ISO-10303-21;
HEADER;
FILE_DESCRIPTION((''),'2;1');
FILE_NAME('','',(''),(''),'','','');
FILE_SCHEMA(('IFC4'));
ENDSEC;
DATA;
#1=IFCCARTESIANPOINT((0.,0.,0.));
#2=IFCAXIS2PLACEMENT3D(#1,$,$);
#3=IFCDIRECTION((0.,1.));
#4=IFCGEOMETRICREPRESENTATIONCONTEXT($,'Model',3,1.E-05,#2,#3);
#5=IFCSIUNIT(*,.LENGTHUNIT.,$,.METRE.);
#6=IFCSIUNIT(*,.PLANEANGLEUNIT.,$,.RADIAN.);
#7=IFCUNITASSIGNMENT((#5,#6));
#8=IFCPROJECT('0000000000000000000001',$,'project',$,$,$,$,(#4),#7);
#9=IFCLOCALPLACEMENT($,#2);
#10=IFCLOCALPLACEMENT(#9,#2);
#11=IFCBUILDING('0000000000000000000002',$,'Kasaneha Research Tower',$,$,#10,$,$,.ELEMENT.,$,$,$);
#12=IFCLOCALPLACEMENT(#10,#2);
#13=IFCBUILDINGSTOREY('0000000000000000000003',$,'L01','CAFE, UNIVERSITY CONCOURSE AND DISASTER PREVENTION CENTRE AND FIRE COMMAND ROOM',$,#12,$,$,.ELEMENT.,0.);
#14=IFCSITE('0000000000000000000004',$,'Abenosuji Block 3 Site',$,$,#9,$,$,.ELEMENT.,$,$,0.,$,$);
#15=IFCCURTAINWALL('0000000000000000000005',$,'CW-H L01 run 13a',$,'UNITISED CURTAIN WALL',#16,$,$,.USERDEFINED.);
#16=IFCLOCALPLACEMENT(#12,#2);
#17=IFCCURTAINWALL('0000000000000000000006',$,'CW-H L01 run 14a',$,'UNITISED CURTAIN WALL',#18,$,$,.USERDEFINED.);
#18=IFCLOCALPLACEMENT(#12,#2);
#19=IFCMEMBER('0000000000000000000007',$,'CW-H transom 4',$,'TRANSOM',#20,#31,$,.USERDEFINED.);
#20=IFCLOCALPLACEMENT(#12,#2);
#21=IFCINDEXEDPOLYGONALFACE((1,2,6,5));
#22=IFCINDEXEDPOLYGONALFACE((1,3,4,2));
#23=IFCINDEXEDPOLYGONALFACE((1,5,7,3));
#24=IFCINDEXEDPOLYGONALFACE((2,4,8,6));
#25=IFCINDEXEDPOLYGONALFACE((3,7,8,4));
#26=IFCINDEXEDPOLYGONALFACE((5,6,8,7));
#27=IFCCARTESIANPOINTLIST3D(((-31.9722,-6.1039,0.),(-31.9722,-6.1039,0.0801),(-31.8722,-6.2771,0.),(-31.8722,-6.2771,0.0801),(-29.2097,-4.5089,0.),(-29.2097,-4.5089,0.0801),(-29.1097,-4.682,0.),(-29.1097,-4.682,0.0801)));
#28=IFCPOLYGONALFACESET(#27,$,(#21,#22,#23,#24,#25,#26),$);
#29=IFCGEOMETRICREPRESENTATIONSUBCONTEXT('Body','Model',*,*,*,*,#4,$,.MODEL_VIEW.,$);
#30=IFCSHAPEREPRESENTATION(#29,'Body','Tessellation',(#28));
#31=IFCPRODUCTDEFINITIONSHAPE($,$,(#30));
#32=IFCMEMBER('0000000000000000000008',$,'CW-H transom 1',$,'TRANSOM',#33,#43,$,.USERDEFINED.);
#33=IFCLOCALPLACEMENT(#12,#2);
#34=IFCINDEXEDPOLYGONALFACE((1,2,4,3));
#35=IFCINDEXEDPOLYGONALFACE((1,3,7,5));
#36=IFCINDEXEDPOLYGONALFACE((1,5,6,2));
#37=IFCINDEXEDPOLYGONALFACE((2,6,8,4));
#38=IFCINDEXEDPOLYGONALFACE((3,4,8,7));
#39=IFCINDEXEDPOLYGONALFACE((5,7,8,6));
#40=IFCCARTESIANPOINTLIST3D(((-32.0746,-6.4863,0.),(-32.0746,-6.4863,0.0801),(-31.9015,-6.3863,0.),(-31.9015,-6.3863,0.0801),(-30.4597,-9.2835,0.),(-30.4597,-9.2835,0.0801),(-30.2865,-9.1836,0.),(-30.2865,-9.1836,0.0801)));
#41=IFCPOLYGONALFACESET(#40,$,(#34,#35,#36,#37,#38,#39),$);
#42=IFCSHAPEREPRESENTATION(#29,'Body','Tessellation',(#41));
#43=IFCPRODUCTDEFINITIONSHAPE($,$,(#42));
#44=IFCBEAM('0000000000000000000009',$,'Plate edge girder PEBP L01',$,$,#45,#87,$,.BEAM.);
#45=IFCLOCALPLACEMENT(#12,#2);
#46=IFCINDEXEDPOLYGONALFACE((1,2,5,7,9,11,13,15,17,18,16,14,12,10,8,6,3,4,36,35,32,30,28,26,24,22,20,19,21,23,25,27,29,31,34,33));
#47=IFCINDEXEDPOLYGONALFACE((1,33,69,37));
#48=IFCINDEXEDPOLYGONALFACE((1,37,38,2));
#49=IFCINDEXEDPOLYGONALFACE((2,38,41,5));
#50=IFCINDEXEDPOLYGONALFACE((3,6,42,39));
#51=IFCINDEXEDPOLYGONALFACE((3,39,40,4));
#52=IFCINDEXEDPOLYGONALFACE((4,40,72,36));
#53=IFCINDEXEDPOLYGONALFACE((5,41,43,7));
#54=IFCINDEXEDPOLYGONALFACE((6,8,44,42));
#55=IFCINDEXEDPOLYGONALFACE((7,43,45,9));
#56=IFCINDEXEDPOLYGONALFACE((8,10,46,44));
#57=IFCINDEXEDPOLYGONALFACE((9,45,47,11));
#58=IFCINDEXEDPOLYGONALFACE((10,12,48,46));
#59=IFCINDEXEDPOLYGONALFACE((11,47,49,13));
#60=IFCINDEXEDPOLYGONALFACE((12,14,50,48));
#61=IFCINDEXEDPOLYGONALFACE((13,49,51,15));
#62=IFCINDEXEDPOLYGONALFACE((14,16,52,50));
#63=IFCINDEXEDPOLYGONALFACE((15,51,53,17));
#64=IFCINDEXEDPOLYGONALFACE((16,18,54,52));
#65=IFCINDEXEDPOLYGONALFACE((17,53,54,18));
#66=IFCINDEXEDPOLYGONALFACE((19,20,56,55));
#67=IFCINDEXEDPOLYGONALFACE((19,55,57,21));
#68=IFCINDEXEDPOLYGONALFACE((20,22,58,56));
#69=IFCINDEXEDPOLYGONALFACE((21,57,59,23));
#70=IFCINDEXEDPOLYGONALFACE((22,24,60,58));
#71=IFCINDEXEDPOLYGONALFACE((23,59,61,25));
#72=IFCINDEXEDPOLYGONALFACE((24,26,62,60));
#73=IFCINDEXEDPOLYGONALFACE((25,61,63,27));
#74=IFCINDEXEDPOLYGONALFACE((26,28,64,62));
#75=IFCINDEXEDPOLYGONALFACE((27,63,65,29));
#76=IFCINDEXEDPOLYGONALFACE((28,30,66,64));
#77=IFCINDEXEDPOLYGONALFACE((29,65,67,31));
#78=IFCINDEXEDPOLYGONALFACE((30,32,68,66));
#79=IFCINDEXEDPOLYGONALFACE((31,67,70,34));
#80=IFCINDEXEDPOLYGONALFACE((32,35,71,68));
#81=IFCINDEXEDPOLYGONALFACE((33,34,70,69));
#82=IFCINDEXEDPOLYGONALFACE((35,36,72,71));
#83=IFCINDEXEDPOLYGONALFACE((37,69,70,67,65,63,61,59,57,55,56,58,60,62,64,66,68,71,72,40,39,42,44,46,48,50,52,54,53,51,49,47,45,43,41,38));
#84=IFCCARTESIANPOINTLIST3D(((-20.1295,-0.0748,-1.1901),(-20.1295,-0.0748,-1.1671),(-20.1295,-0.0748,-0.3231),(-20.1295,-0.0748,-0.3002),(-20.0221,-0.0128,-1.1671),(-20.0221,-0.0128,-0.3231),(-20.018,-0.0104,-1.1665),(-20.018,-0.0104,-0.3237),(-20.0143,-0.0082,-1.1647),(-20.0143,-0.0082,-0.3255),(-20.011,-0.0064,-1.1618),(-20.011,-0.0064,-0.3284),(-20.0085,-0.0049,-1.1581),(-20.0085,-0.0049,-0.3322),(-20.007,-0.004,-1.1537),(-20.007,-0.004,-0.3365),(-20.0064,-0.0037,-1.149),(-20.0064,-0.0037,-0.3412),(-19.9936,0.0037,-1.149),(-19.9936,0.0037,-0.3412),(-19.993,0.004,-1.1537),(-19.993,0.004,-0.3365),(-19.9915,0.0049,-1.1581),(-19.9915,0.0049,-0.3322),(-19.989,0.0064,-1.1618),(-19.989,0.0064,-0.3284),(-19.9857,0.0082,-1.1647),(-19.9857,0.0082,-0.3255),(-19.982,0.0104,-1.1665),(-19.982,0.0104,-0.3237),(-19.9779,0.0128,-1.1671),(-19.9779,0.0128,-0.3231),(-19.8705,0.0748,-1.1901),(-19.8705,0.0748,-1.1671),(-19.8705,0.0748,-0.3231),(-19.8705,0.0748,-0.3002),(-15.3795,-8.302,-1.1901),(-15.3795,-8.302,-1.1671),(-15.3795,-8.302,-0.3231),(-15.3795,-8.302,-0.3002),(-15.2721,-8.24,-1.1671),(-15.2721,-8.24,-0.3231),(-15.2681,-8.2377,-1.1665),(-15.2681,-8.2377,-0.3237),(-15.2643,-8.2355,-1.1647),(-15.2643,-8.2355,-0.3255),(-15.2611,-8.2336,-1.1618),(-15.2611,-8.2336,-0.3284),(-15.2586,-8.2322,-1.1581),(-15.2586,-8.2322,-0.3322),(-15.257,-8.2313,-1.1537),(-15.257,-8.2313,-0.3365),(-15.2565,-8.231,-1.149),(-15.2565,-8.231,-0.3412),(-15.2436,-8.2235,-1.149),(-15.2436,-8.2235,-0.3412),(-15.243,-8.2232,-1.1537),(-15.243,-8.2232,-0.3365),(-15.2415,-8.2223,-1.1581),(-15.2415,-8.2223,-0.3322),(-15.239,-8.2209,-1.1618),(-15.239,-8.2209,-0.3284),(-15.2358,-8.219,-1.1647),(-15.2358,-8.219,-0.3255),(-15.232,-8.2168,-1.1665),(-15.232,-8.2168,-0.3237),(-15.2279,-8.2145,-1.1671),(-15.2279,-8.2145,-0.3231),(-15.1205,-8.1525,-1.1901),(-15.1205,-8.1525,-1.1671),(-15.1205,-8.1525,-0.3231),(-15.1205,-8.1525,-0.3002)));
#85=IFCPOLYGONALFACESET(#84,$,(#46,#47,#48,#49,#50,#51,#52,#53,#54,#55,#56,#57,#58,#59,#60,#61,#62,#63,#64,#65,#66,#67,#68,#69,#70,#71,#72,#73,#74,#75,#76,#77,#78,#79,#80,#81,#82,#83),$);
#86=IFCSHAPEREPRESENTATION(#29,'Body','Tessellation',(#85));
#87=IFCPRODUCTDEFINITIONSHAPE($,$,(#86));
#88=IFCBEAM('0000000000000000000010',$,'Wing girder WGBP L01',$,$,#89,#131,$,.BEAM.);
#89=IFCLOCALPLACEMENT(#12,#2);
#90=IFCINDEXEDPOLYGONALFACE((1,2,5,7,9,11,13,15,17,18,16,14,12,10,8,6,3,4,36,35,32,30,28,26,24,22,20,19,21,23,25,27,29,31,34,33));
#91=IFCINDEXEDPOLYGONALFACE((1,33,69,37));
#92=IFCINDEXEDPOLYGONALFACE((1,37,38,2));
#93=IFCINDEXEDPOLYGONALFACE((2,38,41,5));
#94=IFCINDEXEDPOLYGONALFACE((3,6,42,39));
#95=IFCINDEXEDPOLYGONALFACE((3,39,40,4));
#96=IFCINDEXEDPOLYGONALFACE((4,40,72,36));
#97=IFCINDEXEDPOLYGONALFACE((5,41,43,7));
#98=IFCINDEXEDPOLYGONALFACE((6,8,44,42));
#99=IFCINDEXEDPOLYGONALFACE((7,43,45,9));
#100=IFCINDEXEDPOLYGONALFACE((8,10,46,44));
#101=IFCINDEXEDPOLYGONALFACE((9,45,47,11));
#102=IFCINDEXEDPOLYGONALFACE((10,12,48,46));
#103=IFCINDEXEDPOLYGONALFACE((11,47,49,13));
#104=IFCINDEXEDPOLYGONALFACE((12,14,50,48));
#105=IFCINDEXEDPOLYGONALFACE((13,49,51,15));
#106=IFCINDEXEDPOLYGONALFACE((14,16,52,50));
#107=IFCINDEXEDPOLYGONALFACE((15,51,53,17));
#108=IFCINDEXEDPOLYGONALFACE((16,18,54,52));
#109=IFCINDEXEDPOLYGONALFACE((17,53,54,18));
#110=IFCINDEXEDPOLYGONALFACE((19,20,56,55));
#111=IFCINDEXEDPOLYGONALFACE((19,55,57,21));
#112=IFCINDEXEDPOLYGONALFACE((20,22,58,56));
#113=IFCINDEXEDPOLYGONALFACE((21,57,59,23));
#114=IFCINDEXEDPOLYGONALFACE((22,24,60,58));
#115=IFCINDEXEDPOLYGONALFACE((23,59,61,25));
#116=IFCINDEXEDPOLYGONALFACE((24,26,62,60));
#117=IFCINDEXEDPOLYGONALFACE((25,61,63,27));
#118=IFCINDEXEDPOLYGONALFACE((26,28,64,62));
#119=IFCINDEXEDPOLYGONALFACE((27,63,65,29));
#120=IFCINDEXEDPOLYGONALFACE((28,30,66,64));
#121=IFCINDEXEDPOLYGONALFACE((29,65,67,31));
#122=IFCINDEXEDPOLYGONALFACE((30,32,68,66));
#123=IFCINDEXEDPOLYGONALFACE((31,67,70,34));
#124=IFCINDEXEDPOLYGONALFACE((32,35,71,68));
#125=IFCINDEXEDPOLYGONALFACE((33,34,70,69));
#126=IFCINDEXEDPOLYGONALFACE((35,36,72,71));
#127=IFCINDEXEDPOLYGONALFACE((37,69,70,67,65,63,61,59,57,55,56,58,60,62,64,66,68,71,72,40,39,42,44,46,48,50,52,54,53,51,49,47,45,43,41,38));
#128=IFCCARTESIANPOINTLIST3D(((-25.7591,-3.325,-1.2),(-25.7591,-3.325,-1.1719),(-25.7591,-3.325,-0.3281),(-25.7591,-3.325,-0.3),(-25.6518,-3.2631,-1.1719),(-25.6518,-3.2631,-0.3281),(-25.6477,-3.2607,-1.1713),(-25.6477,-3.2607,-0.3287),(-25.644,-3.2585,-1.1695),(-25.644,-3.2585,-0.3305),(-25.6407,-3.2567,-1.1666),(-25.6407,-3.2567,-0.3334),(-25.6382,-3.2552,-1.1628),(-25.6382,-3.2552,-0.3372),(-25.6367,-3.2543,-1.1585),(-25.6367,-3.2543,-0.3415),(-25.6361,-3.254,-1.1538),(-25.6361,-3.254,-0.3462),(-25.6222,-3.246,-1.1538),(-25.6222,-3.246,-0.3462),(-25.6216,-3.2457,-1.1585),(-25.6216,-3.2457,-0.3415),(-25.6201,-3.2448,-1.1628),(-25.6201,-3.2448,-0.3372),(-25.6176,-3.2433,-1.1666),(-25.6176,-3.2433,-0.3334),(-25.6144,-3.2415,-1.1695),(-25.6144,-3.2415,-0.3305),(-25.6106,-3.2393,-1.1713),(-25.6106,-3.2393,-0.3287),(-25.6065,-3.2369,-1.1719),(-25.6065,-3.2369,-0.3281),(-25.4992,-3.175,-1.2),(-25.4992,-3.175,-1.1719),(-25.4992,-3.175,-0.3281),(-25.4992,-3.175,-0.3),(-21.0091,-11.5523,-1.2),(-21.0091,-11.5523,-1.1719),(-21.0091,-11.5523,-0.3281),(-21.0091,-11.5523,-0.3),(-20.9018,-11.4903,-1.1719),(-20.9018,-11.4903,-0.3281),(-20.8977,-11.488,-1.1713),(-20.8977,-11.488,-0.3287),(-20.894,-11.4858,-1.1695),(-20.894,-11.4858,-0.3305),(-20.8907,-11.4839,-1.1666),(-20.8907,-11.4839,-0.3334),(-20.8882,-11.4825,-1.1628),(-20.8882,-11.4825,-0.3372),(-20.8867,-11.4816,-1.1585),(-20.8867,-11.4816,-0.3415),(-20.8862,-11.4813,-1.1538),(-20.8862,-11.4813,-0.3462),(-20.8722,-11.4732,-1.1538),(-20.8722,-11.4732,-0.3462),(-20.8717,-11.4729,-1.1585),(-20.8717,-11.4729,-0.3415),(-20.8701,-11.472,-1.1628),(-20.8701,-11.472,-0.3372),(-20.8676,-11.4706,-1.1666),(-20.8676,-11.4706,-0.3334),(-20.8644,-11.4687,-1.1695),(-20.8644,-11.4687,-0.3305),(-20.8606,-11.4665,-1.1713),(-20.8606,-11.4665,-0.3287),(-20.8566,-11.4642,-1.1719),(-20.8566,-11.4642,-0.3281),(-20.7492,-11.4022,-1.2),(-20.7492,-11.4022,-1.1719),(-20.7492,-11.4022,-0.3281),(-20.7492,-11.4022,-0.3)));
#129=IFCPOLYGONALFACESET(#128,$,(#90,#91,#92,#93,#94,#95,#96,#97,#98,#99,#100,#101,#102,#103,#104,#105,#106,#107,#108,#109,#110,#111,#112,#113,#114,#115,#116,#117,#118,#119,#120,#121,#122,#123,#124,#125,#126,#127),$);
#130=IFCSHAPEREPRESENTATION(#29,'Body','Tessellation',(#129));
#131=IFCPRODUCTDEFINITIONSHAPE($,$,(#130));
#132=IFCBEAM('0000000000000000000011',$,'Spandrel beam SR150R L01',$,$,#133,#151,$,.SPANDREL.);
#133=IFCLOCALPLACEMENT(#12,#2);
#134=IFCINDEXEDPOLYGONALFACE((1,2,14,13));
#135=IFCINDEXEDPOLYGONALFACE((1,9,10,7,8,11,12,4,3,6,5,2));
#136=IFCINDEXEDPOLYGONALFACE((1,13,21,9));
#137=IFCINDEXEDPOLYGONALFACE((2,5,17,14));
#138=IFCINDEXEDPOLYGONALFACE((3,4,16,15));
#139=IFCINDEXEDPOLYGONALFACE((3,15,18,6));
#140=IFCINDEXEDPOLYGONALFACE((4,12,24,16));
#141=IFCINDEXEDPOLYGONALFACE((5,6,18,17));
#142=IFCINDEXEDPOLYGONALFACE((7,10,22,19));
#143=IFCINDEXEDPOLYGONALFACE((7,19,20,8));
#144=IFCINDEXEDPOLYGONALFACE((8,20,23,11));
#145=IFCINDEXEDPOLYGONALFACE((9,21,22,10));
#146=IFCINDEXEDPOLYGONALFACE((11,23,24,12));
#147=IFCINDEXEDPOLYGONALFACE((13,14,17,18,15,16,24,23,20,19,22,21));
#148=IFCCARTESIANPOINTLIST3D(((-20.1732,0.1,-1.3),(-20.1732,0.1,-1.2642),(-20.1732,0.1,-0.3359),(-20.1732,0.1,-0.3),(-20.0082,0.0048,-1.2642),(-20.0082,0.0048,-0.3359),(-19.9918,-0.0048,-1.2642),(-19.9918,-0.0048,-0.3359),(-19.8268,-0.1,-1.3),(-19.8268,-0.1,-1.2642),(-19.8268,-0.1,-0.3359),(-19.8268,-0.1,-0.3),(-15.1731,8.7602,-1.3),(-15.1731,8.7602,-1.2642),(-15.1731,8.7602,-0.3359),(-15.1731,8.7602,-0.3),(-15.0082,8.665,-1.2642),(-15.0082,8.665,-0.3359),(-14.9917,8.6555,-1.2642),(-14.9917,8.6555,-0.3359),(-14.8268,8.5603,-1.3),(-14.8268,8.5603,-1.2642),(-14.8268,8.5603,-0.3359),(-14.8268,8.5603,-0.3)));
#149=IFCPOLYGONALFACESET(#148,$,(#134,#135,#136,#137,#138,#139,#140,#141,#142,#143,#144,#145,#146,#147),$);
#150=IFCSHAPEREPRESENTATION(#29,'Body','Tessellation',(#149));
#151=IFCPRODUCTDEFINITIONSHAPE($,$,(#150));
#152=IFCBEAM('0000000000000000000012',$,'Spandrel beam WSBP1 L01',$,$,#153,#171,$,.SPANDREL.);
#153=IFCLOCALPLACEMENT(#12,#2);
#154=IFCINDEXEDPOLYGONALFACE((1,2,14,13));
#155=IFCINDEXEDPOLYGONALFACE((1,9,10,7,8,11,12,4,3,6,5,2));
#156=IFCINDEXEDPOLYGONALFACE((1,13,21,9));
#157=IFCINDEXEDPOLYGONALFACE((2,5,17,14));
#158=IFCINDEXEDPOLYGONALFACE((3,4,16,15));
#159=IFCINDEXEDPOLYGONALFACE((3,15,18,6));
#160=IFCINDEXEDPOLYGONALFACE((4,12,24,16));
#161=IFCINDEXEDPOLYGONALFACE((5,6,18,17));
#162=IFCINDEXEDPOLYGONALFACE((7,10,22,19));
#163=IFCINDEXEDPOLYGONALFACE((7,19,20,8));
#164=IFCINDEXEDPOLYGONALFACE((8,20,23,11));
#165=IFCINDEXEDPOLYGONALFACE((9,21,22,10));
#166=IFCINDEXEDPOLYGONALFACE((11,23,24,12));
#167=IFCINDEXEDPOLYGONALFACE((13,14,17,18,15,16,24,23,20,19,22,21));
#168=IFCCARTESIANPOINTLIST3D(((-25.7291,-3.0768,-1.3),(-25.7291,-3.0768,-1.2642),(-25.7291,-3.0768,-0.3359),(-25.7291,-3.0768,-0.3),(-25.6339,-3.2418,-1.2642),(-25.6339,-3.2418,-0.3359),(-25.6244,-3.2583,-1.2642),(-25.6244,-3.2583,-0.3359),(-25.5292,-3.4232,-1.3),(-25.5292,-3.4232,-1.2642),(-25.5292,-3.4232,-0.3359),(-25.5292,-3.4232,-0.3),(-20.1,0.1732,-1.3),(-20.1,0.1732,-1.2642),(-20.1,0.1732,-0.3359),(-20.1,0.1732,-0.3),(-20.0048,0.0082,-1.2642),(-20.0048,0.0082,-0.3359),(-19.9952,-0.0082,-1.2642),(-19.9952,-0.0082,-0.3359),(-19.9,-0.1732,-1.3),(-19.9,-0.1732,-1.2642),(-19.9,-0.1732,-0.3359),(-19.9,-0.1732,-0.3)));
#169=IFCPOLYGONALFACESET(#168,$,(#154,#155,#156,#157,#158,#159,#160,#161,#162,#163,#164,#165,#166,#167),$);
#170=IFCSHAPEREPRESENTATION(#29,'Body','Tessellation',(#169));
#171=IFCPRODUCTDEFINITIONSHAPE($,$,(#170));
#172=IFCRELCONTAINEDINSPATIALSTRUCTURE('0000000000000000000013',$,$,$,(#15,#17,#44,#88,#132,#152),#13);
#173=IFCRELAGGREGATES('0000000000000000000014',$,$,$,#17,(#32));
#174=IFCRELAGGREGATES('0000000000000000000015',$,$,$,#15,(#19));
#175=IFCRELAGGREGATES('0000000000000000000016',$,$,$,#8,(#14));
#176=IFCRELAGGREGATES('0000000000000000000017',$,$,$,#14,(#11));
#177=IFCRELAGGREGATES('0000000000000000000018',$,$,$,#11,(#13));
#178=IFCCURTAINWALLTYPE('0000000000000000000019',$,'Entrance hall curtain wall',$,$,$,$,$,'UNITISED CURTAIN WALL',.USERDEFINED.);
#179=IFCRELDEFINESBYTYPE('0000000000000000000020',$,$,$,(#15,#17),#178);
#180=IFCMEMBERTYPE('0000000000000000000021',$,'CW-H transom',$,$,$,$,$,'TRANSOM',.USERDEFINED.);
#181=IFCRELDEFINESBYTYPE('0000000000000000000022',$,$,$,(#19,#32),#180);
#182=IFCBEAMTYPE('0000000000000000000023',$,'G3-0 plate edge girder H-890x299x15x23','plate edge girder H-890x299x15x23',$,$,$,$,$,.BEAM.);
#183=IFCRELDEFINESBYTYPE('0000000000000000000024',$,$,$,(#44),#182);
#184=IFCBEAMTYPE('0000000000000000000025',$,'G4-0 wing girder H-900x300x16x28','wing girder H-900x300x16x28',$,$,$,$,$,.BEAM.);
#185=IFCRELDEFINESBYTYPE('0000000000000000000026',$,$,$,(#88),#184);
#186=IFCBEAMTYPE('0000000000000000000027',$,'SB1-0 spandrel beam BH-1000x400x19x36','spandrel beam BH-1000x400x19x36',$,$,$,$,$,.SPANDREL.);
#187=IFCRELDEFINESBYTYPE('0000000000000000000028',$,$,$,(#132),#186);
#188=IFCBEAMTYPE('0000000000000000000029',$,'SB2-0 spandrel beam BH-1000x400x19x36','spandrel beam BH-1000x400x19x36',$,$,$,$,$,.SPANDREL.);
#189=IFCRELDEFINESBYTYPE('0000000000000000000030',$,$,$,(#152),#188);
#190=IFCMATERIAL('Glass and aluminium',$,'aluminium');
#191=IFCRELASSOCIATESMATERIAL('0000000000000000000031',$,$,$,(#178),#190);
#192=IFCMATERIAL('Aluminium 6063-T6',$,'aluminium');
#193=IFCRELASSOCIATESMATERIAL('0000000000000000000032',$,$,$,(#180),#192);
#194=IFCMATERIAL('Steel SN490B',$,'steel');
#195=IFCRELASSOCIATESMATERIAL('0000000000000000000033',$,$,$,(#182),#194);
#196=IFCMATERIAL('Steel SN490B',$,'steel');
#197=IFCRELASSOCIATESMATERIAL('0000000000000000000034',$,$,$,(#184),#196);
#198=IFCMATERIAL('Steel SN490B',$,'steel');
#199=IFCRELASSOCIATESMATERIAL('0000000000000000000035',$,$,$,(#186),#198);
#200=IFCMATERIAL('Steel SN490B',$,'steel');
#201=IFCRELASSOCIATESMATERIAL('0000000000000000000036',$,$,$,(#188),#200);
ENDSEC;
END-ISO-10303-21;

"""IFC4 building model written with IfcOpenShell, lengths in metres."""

from ifc_helpers import new_model, si_unit, direction, frame, origin, origin_2d, place, context, subcontext, project, spatial, rectangle, i_section, extrude, material, material_profile, profile_set, type_object, element, aggregate, save


model = new_model("IFC4")

# Units and contexts
model_context = context("Model", 3, precision=1e-05, world=origin(), true_north=direction((0.0, 1.0)))
body_context = subcontext(model_context, "Body", "Model", "MODEL_VIEW")
ifc_project = project(units=[si_unit("LENGTHUNIT", "METRE"), si_unit("PLANEANGLEUNIT", "RADIAN")], contexts=[model_context])

# Site, building, storey
site_placement = place(None, origin())
site = spatial("IfcSite", under=ifc_project, at=site_placement, Name="Abenosuji Block 3 Site", CompositionType="ELEMENT", RefElevation=0.0)
building_placement = place(site_placement, origin())
building = spatial("IfcBuilding", under=site, at=building_placement, Name="Kasaneha Research Tower", CompositionType="ELEMENT")
storey_placement = place(building_placement, origin())
storey = spatial("IfcBuildingStorey", under=building, at=storey_placement, Name="L01", Description="CAFE, UNIVERSITY CONCOURSE AND DISASTER PREVENTION CENTRE AND FIRE COMMAND ROOM", CompositionType="ELEMENT", Elevation=0.0)

# Curtain wall
ifc_material_1 = material(Name="Glass and aluminium", Category="aluminium")
curtain_wall_type = type_object("IfcCurtainWallType", Name="Entrance hall curtain wall", ElementType="UNITISED CURTAIN WALL", PredefinedType="USERDEFINED", material=ifc_material_1)
curtain_wall_1_placement = place(storey_placement, origin())
curtain_wall_1 = element("IfcCurtainWall", 1, at=curtain_wall_1_placement, inside=storey, type_object=curtain_wall_type, Name="CW-H L01 run 13a", ObjectType="UNITISED CURTAIN WALL", PredefinedType="USERDEFINED")

# Curtain wall
curtain_wall_2_placement = place(storey_placement, origin())
curtain_wall_2 = element("IfcCurtainWall", 2, at=curtain_wall_2_placement, inside=storey, type_object=curtain_wall_type, Name="CW-H L01 run 14a", ObjectType="UNITISED CURTAIN WALL", PredefinedType="USERDEFINED")

# Members
ifc_material_2 = material(Name="Aluminium 6063-T6", Category="aluminium")
ifc_material_profile_1 = material_profile(ifc_material_2, rectangle(XDim=0.2, YDim=0.0801, at=origin_2d()), Name="CW-H transom 200x80")
ifc_profile_set_1 = profile_set([ifc_material_profile_1], Name="Aluminium 6063-T6")
member_type_1 = type_object("IfcMemberType", Name="CW-H transom", ElementType="TRANSOM", PredefinedType="USERDEFINED", material=ifc_profile_set_1)
member_1_placement = place(storey_placement, frame((-29.1597, -4.5955, 0.04), z_axis=(-0.866016, -0.500016, 0.0), x_axis=(0.500016, -0.866016, 0.0)))
member_1 = element("IfcMember", 3, at=member_1_placement, type_object=member_type_1, Name="CW-H transom 4", ObjectType="TRANSOM", PredefinedType="USERDEFINED", context=body_context, shape_type="SweptSolid", body=[
    extrude(rectangle(XDim=0.2, YDim=0.0801, at=origin_2d()), origin(), (0.0, 0.0, 1.0), 3.1899),
])
member_2_placement = place(storey_placement, frame((-31.988, -6.4363, 0.04), z_axis=(0.499984, -0.866035, 0.0), x_axis=(0.866035, 0.499984, 0.0)))
member_2 = element("IfcMember", 4, at=member_2_placement, type_object=member_type_1, Name="CW-H transom 1", ObjectType="TRANSOM", PredefinedType="USERDEFINED", context=body_context, shape_type="SweptSolid", body=[
    extrude(rectangle(XDim=0.2, YDim=0.0801, at=origin_2d()), origin(), (0.0, 0.0, 1.0), 3.23),
])
aggregate(curtain_wall_2, [member_2])

# Beams
ifc_material_3 = material(Name="Steel SN490B", Category="steel")
ifc_material_profile_2 = material_profile(ifc_material_3, i_section(OverallWidth=0.2991, OverallDepth=0.8899, WebThickness=0.0149, FlangeThickness=0.0229, FilletRadius=0.0181, at=origin_2d()), Name="H-890x299x15x23")
ifc_profile_set_2 = profile_set([ifc_material_profile_2], Name="Steel SN490B")
beam_type_1 = type_object("IfcBeamType", Name="G3-0 plate edge girder H-890x299x15x23", Description="plate edge girder H-890x299x15x23", PredefinedType="BEAM", material=ifc_profile_set_2)
beam_1_placement = place(storey_placement, frame((-20.0, 0.0, -0.7451), z_axis=(0.499998, -0.866027, 0.0), x_axis=(0.866027, 0.499998, 0.0)))
element("IfcBeam", 5, at=beam_1_placement, inside=storey, type_object=beam_type_1, Name="Plate edge girder PEBP L01", PredefinedType="BEAM", context=body_context, shape_type="SweptSolid", body=[
    extrude(i_section(OverallWidth=0.2991, OverallDepth=0.8899, WebThickness=0.0149, FlangeThickness=0.0229, FilletRadius=0.0181, at=origin_2d()), origin(), (0.0, 0.0, 1.0), 9.5),
])
ifc_material_4 = material(Name="Steel SN490B", Category="steel")
ifc_material_profile_3 = material_profile(ifc_material_4, i_section(OverallWidth=0.3, OverallDepth=0.8999, WebThickness=0.0161, FlangeThickness=0.0281, FilletRadius=0.0181, at=origin_2d()), Name="H-900x300x16x28")
ifc_profile_set_3 = profile_set([ifc_material_profile_3], Name="Steel SN490B")
beam_type_2 = type_object("IfcBeamType", Name="G4-0 wing girder H-900x300x16x28", Description="wing girder H-900x300x16x28", PredefinedType="BEAM", material=ifc_profile_set_3)
beam_2_placement = place(storey_placement, frame((-25.6292, -3.25, -0.75), z_axis=(0.499998, -0.866027, 0.0), x_axis=(0.866027, 0.499998, 0.0)))
element("IfcBeam", 6, at=beam_2_placement, inside=storey, type_object=beam_type_2, Name="Wing girder WGBP L01", PredefinedType="BEAM", context=body_context, shape_type="SweptSolid", body=[
    extrude(i_section(OverallWidth=0.3, OverallDepth=0.8999, WebThickness=0.0161, FlangeThickness=0.0281, FilletRadius=0.0181, at=origin_2d()), origin(), (0.0, 0.0, 1.0), 9.5),
])
ifc_material_5 = material(Name="Steel SN490B", Category="steel")
ifc_material_profile_4 = material_profile(ifc_material_5, i_section(OverallWidth=0.3999, OverallDepth=1.0, WebThickness=0.019, FlangeThickness=0.0359, at=origin_2d()), Name="BH-1000x400x19x36")
ifc_profile_set_4 = profile_set([ifc_material_profile_4], Name="Steel SN490B")
beam_type_3 = type_object("IfcBeamType", Name="SB1-0 spandrel beam BH-1000x400x19x36", Description="spandrel beam BH-1000x400x19x36", PredefinedType="SPANDREL", material=ifc_profile_set_4)
beam_3_placement = place(storey_placement, frame((-20.0, 0.0, -0.8), z_axis=(0.500004, 0.866023, 0.0), x_axis=(-0.866023, 0.500004, 0.0)))
element("IfcBeam", 7, at=beam_3_placement, inside=storey, type_object=beam_type_3, Name="Spandrel beam SR150R L01", PredefinedType="SPANDREL", context=body_context, shape_type="SweptSolid", body=[
    extrude(i_section(OverallWidth=0.3999, OverallDepth=1.0, WebThickness=0.019, FlangeThickness=0.0359, at=origin_2d()), origin(), (0.0, 0.0, 1.0), 10.0),
])
ifc_material_6 = material(Name="Steel SN490B", Category="steel")
ifc_material_profile_5 = material_profile(ifc_material_6, i_section(OverallWidth=0.3999, OverallDepth=1.0, WebThickness=0.019, FlangeThickness=0.0359, at=origin_2d()), Name="BH-1000x400x19x36")
ifc_profile_set_5 = profile_set([ifc_material_profile_5], Name="Steel SN490B")
beam_type_4 = type_object("IfcBeamType", Name="SB2-0 spandrel beam BH-1000x400x19x36", Description="spandrel beam BH-1000x400x19x36", PredefinedType="SPANDREL", material=ifc_profile_set_5)
for number, where, z_axis, x_axis, name in (
    (8, (-20.0, 0.0, -0.8), (-0.866025, -0.500001, 0.0), (0.500001, -0.866025, 0.0), "Spandrel beam WSBP1 L01"),
):
    element("IfcBeam", number, at=place(storey_placement, frame(where, z_axis=z_axis, x_axis=x_axis)), inside=storey, type_object=beam_type_4, Name=name, PredefinedType="SPANDREL", context=body_context, shape_type="SweptSolid", body=[
        extrude(i_section(OverallWidth=0.3999, OverallDepth=1.0, WebThickness=0.019, FlangeThickness=0.0359, at=origin_2d()), origin(), (0.0, 0.0, 1.0), 6.5),
    ])

aggregate(curtain_wall_1, [member_1])

save(model, "model.ifc")
